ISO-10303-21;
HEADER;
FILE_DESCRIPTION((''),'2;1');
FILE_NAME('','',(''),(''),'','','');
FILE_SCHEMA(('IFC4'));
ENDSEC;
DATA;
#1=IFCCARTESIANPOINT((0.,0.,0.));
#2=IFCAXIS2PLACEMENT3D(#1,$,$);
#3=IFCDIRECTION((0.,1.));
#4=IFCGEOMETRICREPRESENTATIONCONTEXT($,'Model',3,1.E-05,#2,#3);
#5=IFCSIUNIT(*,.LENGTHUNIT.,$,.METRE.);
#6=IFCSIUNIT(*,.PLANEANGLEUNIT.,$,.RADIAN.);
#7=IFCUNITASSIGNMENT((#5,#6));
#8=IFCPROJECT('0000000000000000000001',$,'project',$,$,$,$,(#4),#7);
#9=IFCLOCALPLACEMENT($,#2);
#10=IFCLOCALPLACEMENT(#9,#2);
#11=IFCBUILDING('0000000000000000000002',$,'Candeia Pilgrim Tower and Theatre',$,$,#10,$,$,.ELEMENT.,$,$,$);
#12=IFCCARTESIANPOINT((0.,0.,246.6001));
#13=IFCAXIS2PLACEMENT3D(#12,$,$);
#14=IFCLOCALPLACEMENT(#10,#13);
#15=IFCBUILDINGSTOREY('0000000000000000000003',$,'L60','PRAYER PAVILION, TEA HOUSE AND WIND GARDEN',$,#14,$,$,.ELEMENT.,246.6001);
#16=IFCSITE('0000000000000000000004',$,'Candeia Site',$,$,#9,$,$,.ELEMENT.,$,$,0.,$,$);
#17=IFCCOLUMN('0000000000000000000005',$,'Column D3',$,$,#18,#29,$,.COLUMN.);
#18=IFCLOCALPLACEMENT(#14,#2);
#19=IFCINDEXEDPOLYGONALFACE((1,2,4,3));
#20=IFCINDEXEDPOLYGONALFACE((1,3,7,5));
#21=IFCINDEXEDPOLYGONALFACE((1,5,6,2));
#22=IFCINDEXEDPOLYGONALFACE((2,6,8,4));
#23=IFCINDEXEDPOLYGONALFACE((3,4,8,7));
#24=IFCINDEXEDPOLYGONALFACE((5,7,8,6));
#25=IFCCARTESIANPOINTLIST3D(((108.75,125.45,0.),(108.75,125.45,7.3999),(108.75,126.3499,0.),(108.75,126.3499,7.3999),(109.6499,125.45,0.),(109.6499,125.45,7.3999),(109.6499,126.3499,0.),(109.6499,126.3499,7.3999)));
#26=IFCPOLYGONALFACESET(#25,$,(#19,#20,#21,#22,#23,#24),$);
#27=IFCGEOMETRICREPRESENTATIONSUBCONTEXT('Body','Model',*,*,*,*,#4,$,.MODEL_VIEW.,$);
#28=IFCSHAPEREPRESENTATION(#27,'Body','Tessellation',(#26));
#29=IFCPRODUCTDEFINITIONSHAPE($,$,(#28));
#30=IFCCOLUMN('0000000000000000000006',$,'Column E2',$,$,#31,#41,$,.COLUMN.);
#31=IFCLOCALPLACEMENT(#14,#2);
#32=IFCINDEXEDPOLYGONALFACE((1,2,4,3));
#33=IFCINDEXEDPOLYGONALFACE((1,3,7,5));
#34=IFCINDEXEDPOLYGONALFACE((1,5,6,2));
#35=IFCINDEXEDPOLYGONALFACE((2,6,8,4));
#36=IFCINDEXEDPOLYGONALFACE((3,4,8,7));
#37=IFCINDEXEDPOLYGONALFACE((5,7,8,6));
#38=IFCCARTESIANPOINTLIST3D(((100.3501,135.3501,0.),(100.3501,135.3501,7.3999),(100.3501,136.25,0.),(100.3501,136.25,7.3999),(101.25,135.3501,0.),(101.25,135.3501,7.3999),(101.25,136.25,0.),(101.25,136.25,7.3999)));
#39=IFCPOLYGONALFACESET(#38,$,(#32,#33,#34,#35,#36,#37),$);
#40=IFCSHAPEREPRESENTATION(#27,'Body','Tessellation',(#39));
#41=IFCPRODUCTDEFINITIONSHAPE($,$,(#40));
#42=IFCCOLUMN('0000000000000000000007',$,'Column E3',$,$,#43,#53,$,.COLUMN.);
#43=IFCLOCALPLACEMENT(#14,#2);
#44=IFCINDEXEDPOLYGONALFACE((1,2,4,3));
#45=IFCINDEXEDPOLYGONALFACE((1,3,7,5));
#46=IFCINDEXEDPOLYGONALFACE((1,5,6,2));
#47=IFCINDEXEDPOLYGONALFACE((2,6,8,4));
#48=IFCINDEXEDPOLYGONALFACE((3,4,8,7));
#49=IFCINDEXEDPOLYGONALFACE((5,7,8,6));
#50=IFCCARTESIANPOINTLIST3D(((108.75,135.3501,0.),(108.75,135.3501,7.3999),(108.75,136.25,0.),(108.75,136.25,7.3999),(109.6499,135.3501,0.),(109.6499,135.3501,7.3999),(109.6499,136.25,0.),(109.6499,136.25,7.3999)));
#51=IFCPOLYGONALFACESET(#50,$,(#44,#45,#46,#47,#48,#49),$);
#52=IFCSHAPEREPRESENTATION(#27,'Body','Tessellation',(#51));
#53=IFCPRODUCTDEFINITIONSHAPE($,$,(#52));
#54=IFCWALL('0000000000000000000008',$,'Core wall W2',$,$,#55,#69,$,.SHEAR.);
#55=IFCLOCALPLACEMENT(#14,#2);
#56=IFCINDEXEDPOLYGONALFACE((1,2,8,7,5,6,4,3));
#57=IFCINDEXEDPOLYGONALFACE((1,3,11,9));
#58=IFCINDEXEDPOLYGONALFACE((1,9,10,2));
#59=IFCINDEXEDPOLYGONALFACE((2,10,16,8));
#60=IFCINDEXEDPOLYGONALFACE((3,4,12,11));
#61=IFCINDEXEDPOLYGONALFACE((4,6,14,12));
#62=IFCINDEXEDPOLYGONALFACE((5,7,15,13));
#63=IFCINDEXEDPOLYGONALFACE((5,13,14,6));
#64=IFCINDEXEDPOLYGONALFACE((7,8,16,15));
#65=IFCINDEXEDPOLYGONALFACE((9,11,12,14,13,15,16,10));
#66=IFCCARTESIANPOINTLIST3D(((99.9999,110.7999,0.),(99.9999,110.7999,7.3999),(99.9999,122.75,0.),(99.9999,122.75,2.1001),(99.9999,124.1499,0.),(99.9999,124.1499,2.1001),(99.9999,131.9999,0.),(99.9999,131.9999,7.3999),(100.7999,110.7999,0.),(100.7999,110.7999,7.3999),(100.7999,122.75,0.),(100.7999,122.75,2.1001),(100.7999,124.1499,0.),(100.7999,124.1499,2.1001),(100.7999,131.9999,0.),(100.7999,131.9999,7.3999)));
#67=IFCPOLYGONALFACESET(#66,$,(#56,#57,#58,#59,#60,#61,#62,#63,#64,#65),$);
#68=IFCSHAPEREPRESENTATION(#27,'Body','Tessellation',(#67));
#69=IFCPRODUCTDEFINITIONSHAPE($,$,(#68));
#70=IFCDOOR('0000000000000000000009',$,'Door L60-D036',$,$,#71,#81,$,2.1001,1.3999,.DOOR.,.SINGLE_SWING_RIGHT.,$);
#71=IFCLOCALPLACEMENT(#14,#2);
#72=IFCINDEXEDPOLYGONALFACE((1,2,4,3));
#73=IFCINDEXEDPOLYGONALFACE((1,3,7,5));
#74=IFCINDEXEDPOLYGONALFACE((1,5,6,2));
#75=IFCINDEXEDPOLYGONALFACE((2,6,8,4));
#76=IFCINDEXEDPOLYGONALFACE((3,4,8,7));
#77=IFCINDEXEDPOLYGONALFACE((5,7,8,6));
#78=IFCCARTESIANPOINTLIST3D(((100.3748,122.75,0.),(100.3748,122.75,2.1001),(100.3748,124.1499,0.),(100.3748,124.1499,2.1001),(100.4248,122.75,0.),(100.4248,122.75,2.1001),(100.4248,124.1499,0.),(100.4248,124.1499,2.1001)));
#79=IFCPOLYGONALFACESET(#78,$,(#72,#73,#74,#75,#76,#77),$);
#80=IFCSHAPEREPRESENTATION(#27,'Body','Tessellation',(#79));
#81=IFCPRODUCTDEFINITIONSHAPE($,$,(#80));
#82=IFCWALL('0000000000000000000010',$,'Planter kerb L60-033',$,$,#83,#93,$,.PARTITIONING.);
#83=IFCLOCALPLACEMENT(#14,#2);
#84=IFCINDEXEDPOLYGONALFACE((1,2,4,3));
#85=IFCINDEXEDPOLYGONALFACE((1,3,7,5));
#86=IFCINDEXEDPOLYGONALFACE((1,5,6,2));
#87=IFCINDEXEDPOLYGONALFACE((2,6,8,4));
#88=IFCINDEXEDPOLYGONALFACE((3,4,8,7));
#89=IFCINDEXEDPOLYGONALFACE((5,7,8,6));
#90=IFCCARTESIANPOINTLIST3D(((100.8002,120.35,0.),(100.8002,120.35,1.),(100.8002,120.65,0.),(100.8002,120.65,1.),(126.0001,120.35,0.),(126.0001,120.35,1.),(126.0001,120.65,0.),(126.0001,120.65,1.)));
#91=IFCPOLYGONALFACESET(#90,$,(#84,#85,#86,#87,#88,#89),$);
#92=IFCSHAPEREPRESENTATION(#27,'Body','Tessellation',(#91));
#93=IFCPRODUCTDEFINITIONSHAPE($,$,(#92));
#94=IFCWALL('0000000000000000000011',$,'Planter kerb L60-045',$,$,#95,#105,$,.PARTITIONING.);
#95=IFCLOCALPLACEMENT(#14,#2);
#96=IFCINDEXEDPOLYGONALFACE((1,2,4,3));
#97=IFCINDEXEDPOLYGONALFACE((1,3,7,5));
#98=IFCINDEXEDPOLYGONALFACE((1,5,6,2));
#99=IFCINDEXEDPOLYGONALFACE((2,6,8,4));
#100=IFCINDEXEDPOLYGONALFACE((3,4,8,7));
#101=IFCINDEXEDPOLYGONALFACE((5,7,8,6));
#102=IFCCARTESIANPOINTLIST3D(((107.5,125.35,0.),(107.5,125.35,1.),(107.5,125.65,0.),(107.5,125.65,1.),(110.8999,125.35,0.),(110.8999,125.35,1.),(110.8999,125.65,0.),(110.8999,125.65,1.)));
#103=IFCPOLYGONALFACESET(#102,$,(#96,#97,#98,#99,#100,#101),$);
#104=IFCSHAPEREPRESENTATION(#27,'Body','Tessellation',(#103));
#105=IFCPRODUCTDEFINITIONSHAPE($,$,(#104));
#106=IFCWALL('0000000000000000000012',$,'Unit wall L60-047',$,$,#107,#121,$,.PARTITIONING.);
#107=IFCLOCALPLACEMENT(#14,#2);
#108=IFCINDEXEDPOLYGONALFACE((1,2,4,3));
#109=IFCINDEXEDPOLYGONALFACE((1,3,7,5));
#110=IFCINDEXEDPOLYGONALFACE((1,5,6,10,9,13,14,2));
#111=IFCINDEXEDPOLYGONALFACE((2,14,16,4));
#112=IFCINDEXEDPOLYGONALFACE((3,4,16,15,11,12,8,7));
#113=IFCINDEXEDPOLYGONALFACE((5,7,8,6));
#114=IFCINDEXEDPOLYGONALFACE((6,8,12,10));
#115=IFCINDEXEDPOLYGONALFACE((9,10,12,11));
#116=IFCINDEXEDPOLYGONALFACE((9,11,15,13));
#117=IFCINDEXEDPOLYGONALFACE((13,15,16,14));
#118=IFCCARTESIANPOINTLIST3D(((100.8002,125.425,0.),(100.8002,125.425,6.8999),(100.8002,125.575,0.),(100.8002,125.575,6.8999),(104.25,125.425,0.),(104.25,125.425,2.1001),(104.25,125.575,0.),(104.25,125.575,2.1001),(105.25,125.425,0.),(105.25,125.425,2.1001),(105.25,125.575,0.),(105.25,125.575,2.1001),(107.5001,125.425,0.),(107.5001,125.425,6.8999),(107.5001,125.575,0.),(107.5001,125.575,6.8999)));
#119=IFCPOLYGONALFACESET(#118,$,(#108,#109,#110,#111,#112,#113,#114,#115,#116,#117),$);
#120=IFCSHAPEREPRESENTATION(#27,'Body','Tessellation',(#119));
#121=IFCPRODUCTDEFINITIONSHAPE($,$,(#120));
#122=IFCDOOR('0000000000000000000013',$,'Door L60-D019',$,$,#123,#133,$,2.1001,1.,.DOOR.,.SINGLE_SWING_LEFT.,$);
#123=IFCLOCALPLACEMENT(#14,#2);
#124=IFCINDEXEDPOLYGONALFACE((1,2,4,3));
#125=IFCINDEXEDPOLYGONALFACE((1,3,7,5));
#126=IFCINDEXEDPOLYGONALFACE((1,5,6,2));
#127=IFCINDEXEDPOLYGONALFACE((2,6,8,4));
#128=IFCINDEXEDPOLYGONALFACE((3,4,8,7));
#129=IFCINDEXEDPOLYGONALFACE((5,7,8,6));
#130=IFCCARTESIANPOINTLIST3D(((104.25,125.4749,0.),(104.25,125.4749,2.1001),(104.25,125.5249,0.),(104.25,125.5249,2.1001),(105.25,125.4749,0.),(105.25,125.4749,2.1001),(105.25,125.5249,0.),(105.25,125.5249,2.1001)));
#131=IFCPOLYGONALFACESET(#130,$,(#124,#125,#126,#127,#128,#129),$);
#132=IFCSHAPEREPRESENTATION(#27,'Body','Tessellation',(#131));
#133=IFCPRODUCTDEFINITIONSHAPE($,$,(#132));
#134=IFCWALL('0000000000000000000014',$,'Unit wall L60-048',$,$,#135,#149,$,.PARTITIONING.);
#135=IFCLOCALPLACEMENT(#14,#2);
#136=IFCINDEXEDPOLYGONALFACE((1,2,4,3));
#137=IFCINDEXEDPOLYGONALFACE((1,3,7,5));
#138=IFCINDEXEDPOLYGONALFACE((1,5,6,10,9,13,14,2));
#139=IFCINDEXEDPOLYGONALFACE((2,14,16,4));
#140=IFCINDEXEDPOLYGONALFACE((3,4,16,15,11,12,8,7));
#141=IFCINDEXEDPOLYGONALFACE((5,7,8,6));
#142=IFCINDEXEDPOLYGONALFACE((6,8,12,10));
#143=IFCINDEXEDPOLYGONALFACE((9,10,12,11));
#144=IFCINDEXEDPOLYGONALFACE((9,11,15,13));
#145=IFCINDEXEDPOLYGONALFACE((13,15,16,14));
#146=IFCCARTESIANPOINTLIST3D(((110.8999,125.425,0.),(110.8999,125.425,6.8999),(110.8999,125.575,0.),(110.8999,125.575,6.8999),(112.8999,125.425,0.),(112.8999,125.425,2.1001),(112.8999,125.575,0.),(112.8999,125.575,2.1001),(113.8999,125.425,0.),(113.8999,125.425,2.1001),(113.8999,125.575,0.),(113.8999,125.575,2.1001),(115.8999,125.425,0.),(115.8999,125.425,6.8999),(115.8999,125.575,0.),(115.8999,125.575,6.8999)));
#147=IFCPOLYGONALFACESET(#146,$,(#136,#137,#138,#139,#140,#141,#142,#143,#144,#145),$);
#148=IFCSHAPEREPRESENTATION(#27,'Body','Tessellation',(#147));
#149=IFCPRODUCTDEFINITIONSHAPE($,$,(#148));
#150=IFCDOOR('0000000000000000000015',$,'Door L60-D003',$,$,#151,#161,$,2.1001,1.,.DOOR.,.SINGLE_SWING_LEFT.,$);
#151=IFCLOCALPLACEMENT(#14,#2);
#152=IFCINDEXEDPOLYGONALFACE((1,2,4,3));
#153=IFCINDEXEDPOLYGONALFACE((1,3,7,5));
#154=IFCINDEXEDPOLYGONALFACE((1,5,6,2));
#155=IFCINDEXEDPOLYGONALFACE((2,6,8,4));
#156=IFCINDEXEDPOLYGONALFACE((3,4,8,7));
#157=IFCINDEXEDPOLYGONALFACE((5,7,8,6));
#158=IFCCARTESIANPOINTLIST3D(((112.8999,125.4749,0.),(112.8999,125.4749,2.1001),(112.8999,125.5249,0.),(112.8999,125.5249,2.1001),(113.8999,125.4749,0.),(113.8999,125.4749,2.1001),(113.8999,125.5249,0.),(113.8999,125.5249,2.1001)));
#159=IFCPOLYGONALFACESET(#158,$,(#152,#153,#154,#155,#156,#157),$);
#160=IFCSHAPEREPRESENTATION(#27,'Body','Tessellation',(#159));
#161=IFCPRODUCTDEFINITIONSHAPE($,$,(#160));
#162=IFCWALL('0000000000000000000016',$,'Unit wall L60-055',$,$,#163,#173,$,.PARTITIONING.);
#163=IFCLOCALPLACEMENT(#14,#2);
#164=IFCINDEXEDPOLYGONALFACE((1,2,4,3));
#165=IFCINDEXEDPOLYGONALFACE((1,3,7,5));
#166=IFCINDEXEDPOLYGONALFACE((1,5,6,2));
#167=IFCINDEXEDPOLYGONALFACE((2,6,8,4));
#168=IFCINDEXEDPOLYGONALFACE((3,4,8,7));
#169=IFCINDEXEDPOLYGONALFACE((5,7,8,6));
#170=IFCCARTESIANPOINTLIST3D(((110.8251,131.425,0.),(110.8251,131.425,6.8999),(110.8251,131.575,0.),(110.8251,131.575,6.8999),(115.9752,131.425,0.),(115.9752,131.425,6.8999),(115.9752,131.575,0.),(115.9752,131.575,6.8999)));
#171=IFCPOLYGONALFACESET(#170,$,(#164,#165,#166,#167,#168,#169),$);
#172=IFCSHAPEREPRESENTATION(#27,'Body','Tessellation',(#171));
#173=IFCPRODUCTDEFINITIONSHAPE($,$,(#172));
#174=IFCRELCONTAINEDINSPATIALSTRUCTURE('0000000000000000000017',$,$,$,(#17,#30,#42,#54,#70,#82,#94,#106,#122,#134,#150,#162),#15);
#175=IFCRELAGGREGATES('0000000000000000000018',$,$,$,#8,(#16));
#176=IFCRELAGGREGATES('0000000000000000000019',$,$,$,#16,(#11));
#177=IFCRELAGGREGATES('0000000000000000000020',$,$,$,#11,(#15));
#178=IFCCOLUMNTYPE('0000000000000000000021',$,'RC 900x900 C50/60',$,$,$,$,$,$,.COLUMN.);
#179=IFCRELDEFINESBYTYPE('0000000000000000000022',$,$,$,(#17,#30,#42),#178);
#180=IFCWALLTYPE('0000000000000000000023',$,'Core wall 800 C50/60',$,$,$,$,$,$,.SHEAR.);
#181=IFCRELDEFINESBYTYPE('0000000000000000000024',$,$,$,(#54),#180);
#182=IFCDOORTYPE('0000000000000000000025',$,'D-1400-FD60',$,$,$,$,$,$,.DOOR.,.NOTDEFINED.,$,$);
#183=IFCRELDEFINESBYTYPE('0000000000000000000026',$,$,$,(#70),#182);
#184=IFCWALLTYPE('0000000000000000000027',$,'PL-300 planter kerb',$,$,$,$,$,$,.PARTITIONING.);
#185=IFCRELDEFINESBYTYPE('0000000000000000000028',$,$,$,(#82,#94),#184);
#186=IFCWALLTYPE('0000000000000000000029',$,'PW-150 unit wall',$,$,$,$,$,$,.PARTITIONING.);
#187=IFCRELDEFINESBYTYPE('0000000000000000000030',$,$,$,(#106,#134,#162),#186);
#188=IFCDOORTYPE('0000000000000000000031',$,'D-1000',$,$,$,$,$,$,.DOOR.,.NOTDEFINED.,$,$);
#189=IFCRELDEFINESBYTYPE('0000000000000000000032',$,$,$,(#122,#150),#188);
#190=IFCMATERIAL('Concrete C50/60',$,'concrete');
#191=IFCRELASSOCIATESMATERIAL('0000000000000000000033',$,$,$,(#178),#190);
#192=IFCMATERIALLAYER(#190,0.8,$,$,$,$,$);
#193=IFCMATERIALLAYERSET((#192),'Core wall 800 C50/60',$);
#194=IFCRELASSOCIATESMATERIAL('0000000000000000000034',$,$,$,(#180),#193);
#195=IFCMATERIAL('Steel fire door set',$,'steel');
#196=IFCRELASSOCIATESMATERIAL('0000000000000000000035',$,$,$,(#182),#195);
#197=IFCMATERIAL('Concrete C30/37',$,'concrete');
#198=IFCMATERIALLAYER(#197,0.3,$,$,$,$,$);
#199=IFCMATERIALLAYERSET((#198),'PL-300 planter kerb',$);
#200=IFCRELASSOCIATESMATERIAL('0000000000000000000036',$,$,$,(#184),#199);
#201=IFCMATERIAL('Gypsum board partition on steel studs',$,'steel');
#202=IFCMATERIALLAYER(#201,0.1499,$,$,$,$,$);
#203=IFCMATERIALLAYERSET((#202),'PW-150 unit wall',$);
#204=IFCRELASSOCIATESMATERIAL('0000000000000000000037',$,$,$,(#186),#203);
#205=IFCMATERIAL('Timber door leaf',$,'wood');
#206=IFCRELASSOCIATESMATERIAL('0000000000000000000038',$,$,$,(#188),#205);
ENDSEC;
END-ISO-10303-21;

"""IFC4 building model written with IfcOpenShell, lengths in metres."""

from ifc_helpers import new_model, si_unit, direction, frame, frame_2d, origin, origin_2d, place, context, subcontext, project, spatial, rectangle, extrude, material, layer, layer_set, material_profile, profile_set, type_object, element, fill, save


model = new_model("IFC4")

# Units and contexts
model_context = context("Model", 3, precision=1e-05, world=origin(), true_north=direction((0.0, 1.0)))
body_context = subcontext(model_context, "Body", "Model", "MODEL_VIEW")
ifc_project = project(units=[si_unit("LENGTHUNIT", "METRE"), si_unit("PLANEANGLEUNIT", "RADIAN")], contexts=[model_context])

# Site, building, storey
site_placement = place(None, origin())
site = spatial("IfcSite", under=ifc_project, at=site_placement, Name="Candeia Site", CompositionType="ELEMENT", RefElevation=0.0)
building_placement = place(site_placement, origin())
building = spatial("IfcBuilding", under=site, at=building_placement, Name="Candeia Pilgrim Tower and Theatre", CompositionType="ELEMENT")
storey_placement = place(building_placement, frame((0.0, 0.0, 246.6001)))
storey = spatial("IfcBuildingStorey", under=building, at=storey_placement, Name="L60", Description="PRAYER PAVILION, TEA HOUSE AND WIND GARDEN", CompositionType="ELEMENT", Elevation=246.6001)

# Columns
ifc_material_1 = material(Name="Concrete C50/60", Category="concrete")
ifc_material_profile = material_profile(ifc_material_1, rectangle(XDim=0.8999, YDim=0.8999, at=origin_2d()))
ifc_profile_set = profile_set([ifc_material_profile], Name="Concrete C50/60")
column_type = type_object("IfcColumnType", Name="RC 900x900 C50/60", PredefinedType="COLUMN", material=ifc_profile_set)
for number, where, z_axis, x_axis, name in (
    (1, (109.2, 125.8999, 0.0), (0.0, 0.0, 1.0), (1.0, 0.0, 0.0), "Column D3"),
    (2, (100.8, 135.8, 0.0), (0.0, 0.0, 1.0), (1.0, 0.0, 0.0), "Column E2"),
    (3, (109.2, 135.8, 0.0), (0.0, 0.0, 1.0), (1.0, 0.0, 0.0), "Column E3"),
):
    element("IfcColumn", number, at=place(storey_placement, frame(where, z_axis=z_axis, x_axis=x_axis)), inside=storey, type_object=column_type, Name=name, PredefinedType="COLUMN", context=body_context, shape_type="SweptSolid", body=[
        extrude(rectangle(XDim=0.8999, YDim=0.8999, at=origin_2d()), origin(), (0.0, 0.0, 1.0), 7.3999),
    ])

# Wall, opening, door
ifc_layer_1 = layer(ifc_material_1, 0.8)
ifc_layer_set_1 = layer_set([ifc_layer_1], Name="Core wall 800 C50/60")
wall_type_1 = type_object("IfcWallType", Name="Core wall 800 C50/60", PredefinedType="SHEAR", material=ifc_layer_set_1)
wall_1_placement = place(storey_placement, frame((100.3999, 132.0, 0.0), z_axis=(0.0, 0.0, 1.0), x_axis=(0.0, -1.0, 0.0)))
wall_1 = element("IfcWall", 4, at=wall_1_placement, inside=storey, type_object=wall_type_1, Name="Core wall W2", PredefinedType="SHEAR", context=body_context, shape_type="SweptSolid", body=[
    extrude(rectangle(XDim=21.2, YDim=0.8, at=frame_2d((10.6001, 0.0))), origin(), (0.0, 0.0, 1.0), 7.3999),
])
opening_1_placement = place(wall_1_placement, frame((7.8501, 0.0, 0.0)))
opening_1 = element("IfcOpeningElement", 5, at=opening_1_placement, cuts=wall_1, PredefinedType="OPENING", context=body_context, shape_type="SweptSolid", body=[
    extrude(rectangle(XDim=1.3999, YDim=2.1001, at=frame_2d((0.7, 1.05))), frame((0.0, 0.4102, 0.0), z_axis=(0.0, -1.0, 0.0), x_axis=(1.0, 0.0, 0.0)), (0.0, 0.0, 1.0), 0.8201),
])
ifc_material_2 = material(Name="Steel fire door set", Category="steel")
door_type_1 = type_object("IfcDoorType", Name="D-1400-FD60", OperationType="NOTDEFINED", PredefinedType="DOOR", material=ifc_material_2)
door_1_placement = place(opening_1_placement, origin())
door_1 = element("IfcDoor", 6, at=door_1_placement, inside=storey, type_object=door_type_1, Name="Door L60-D036", OperationType="SINGLE_SWING_RIGHT", OverallHeight=2.1001, OverallWidth=1.3999, PredefinedType="DOOR", context=body_context, shape_type="SweptSolid", body=[
    extrude(rectangle(XDim=1.3999, YDim=2.1001, at=frame_2d((0.7, 1.05))), frame((0.0, 0.0249, 0.0), z_axis=(0.0, -1.0, 0.0), x_axis=(1.0, 0.0, 0.0)), (0.0, 0.0, 1.0), 0.05),
])
fill(opening_1, door_1)

# Walls
ifc_material_3 = material(Name="Concrete C30/37", Category="concrete")
ifc_layer_2 = layer(ifc_material_3, 0.3)
ifc_layer_set_2 = layer_set([ifc_layer_2], Name="PL-300 planter kerb")
wall_type_2 = type_object("IfcWallType", Name="PL-300 planter kerb", PredefinedType="PARTITIONING", material=ifc_layer_set_2)
wall_2_placement = place(storey_placement, frame((100.8, 120.5, 0.0), z_axis=(0.0, 0.0, 1.0), x_axis=(1.0, 0.0, 0.0)))
element("IfcWall", 7, at=wall_2_placement, inside=storey, type_object=wall_type_2, Name="Planter kerb L60-033", PredefinedType="PARTITIONING", context=body_context, shape_type="SweptSolid", body=[
    extrude(rectangle(XDim=25.2, YDim=0.3, at=frame_2d((12.6001, 0.0))), origin(), (0.0, 0.0, 1.0), 1.0),
])
wall_3_placement = place(storey_placement, frame((107.5, 125.5, 0.0), z_axis=(0.0, 0.0, 1.0), x_axis=(1.0, 0.0, 0.0)))
element("IfcWall", 8, at=wall_3_placement, inside=storey, type_object=wall_type_2, Name="Planter kerb L60-045", PredefinedType="PARTITIONING", context=body_context, shape_type="SweptSolid", body=[
    extrude(rectangle(XDim=3.3999, YDim=0.3, at=frame_2d((1.7, 0.0))), origin(), (0.0, 0.0, 1.0), 1.0),
])

# Walls, openings, doors
ifc_material_4 = material(Name="Gypsum board partition on steel studs", Category="steel")
ifc_layer_3 = layer(ifc_material_4, 0.1499)
ifc_layer_set_3 = layer_set([ifc_layer_3], Name="PW-150 unit wall")
wall_type_3 = type_object("IfcWallType", Name="PW-150 unit wall", PredefinedType="PARTITIONING", material=ifc_layer_set_3)
wall_4_placement = place(storey_placement, frame((100.8, 125.5, 0.0), z_axis=(0.0, 0.0, 1.0), x_axis=(1.0, 0.0, 0.0)))
wall_4 = element("IfcWall", 9, at=wall_4_placement, inside=storey, type_object=wall_type_3, Name="Unit wall L60-047", PredefinedType="PARTITIONING", context=body_context, shape_type="SweptSolid", body=[
    extrude(rectangle(XDim=6.7, YDim=0.1499, at=frame_2d((3.3501, 0.0))), origin(), (0.0, 0.0, 1.0), 6.8999),
])
opening_2_placement = place(wall_4_placement, frame((3.45, 0.0, 0.0)))
opening_2 = element("IfcOpeningElement", 10, at=opening_2_placement, cuts=wall_4, PredefinedType="OPENING", context=body_context, shape_type="SweptSolid", body=[
    extrude(rectangle(XDim=1.0, YDim=2.1001, at=frame_2d((0.5, 1.05))), frame((0.0, 0.085, 0.0), z_axis=(0.0, -1.0, 0.0), x_axis=(1.0, 0.0, 0.0)), (0.0, 0.0, 1.0), 0.1699),
])
ifc_material_5 = material(Name="Timber door leaf", Category="wood")
door_type_2 = type_object("IfcDoorType", Name="D-1000", OperationType="NOTDEFINED", PredefinedType="DOOR", material=ifc_material_5)
door_2_placement = place(opening_2_placement, origin())
door_2 = element("IfcDoor", 11, at=door_2_placement, inside=storey, type_object=door_type_2, Name="Door L60-D019", OperationType="SINGLE_SWING_LEFT", OverallHeight=2.1001, OverallWidth=1.0, PredefinedType="DOOR", context=body_context, shape_type="SweptSolid", body=[
    extrude(rectangle(XDim=1.0, YDim=2.1001, at=frame_2d((0.5, 1.05))), frame((0.0, 0.0249, 0.0), z_axis=(0.0, -1.0, 0.0), x_axis=(1.0, 0.0, 0.0)), (0.0, 0.0, 1.0), 0.05),
])
fill(opening_2, door_2)
wall_5_placement = place(storey_placement, frame((110.8999, 125.5, 0.0), z_axis=(0.0, 0.0, 1.0), x_axis=(1.0, 0.0, 0.0)))
wall_5 = element("IfcWall", 12, at=wall_5_placement, inside=storey, type_object=wall_type_3, Name="Unit wall L60-048", PredefinedType="PARTITIONING", context=body_context, shape_type="SweptSolid", body=[
    extrude(rectangle(XDim=5.0, YDim=0.1499, at=frame_2d((2.5, 0.0))), origin(), (0.0, 0.0, 1.0), 6.8999),
])
opening_3_placement = place(wall_5_placement, frame((2.0, 0.0, 0.0)))
opening_3 = element("IfcOpeningElement", 13, at=opening_3_placement, cuts=wall_5, PredefinedType="OPENING", context=body_context, shape_type="SweptSolid", body=[
    extrude(rectangle(XDim=1.0, YDim=2.1001, at=frame_2d((0.5, 1.05))), frame((0.0, 0.085, 0.0), z_axis=(0.0, -1.0, 0.0), x_axis=(1.0, 0.0, 0.0)), (0.0, 0.0, 1.0), 0.1699),
])
door_3_placement = place(opening_3_placement, origin())
door_3 = element("IfcDoor", 14, at=door_3_placement, inside=storey, type_object=door_type_2, Name="Door L60-D003", OperationType="SINGLE_SWING_LEFT", OverallHeight=2.1001, OverallWidth=1.0, PredefinedType="DOOR", context=body_context, shape_type="SweptSolid", body=[
    extrude(rectangle(XDim=1.0, YDim=2.1001, at=frame_2d((0.5, 1.05))), frame((0.0, 0.0249, 0.0), z_axis=(0.0, -1.0, 0.0), x_axis=(1.0, 0.0, 0.0)), (0.0, 0.0, 1.0), 0.05),
])
fill(opening_3, door_3)

# Wall
wall_6_placement = place(storey_placement, frame((110.825, 131.5, 0.0), z_axis=(0.0, 0.0, 1.0), x_axis=(1.0, 0.0, 0.0)))
element("IfcWall", 15, at=wall_6_placement, inside=storey, type_object=wall_type_3, Name="Unit wall L60-055", PredefinedType="PARTITIONING", context=body_context, shape_type="SweptSolid", body=[
    extrude(rectangle(XDim=5.1501, YDim=0.1499, at=frame_2d((2.5752, 0.0))), origin(), (0.0, 0.0, 1.0), 6.8999),
])

save(model, "model.ifc")
